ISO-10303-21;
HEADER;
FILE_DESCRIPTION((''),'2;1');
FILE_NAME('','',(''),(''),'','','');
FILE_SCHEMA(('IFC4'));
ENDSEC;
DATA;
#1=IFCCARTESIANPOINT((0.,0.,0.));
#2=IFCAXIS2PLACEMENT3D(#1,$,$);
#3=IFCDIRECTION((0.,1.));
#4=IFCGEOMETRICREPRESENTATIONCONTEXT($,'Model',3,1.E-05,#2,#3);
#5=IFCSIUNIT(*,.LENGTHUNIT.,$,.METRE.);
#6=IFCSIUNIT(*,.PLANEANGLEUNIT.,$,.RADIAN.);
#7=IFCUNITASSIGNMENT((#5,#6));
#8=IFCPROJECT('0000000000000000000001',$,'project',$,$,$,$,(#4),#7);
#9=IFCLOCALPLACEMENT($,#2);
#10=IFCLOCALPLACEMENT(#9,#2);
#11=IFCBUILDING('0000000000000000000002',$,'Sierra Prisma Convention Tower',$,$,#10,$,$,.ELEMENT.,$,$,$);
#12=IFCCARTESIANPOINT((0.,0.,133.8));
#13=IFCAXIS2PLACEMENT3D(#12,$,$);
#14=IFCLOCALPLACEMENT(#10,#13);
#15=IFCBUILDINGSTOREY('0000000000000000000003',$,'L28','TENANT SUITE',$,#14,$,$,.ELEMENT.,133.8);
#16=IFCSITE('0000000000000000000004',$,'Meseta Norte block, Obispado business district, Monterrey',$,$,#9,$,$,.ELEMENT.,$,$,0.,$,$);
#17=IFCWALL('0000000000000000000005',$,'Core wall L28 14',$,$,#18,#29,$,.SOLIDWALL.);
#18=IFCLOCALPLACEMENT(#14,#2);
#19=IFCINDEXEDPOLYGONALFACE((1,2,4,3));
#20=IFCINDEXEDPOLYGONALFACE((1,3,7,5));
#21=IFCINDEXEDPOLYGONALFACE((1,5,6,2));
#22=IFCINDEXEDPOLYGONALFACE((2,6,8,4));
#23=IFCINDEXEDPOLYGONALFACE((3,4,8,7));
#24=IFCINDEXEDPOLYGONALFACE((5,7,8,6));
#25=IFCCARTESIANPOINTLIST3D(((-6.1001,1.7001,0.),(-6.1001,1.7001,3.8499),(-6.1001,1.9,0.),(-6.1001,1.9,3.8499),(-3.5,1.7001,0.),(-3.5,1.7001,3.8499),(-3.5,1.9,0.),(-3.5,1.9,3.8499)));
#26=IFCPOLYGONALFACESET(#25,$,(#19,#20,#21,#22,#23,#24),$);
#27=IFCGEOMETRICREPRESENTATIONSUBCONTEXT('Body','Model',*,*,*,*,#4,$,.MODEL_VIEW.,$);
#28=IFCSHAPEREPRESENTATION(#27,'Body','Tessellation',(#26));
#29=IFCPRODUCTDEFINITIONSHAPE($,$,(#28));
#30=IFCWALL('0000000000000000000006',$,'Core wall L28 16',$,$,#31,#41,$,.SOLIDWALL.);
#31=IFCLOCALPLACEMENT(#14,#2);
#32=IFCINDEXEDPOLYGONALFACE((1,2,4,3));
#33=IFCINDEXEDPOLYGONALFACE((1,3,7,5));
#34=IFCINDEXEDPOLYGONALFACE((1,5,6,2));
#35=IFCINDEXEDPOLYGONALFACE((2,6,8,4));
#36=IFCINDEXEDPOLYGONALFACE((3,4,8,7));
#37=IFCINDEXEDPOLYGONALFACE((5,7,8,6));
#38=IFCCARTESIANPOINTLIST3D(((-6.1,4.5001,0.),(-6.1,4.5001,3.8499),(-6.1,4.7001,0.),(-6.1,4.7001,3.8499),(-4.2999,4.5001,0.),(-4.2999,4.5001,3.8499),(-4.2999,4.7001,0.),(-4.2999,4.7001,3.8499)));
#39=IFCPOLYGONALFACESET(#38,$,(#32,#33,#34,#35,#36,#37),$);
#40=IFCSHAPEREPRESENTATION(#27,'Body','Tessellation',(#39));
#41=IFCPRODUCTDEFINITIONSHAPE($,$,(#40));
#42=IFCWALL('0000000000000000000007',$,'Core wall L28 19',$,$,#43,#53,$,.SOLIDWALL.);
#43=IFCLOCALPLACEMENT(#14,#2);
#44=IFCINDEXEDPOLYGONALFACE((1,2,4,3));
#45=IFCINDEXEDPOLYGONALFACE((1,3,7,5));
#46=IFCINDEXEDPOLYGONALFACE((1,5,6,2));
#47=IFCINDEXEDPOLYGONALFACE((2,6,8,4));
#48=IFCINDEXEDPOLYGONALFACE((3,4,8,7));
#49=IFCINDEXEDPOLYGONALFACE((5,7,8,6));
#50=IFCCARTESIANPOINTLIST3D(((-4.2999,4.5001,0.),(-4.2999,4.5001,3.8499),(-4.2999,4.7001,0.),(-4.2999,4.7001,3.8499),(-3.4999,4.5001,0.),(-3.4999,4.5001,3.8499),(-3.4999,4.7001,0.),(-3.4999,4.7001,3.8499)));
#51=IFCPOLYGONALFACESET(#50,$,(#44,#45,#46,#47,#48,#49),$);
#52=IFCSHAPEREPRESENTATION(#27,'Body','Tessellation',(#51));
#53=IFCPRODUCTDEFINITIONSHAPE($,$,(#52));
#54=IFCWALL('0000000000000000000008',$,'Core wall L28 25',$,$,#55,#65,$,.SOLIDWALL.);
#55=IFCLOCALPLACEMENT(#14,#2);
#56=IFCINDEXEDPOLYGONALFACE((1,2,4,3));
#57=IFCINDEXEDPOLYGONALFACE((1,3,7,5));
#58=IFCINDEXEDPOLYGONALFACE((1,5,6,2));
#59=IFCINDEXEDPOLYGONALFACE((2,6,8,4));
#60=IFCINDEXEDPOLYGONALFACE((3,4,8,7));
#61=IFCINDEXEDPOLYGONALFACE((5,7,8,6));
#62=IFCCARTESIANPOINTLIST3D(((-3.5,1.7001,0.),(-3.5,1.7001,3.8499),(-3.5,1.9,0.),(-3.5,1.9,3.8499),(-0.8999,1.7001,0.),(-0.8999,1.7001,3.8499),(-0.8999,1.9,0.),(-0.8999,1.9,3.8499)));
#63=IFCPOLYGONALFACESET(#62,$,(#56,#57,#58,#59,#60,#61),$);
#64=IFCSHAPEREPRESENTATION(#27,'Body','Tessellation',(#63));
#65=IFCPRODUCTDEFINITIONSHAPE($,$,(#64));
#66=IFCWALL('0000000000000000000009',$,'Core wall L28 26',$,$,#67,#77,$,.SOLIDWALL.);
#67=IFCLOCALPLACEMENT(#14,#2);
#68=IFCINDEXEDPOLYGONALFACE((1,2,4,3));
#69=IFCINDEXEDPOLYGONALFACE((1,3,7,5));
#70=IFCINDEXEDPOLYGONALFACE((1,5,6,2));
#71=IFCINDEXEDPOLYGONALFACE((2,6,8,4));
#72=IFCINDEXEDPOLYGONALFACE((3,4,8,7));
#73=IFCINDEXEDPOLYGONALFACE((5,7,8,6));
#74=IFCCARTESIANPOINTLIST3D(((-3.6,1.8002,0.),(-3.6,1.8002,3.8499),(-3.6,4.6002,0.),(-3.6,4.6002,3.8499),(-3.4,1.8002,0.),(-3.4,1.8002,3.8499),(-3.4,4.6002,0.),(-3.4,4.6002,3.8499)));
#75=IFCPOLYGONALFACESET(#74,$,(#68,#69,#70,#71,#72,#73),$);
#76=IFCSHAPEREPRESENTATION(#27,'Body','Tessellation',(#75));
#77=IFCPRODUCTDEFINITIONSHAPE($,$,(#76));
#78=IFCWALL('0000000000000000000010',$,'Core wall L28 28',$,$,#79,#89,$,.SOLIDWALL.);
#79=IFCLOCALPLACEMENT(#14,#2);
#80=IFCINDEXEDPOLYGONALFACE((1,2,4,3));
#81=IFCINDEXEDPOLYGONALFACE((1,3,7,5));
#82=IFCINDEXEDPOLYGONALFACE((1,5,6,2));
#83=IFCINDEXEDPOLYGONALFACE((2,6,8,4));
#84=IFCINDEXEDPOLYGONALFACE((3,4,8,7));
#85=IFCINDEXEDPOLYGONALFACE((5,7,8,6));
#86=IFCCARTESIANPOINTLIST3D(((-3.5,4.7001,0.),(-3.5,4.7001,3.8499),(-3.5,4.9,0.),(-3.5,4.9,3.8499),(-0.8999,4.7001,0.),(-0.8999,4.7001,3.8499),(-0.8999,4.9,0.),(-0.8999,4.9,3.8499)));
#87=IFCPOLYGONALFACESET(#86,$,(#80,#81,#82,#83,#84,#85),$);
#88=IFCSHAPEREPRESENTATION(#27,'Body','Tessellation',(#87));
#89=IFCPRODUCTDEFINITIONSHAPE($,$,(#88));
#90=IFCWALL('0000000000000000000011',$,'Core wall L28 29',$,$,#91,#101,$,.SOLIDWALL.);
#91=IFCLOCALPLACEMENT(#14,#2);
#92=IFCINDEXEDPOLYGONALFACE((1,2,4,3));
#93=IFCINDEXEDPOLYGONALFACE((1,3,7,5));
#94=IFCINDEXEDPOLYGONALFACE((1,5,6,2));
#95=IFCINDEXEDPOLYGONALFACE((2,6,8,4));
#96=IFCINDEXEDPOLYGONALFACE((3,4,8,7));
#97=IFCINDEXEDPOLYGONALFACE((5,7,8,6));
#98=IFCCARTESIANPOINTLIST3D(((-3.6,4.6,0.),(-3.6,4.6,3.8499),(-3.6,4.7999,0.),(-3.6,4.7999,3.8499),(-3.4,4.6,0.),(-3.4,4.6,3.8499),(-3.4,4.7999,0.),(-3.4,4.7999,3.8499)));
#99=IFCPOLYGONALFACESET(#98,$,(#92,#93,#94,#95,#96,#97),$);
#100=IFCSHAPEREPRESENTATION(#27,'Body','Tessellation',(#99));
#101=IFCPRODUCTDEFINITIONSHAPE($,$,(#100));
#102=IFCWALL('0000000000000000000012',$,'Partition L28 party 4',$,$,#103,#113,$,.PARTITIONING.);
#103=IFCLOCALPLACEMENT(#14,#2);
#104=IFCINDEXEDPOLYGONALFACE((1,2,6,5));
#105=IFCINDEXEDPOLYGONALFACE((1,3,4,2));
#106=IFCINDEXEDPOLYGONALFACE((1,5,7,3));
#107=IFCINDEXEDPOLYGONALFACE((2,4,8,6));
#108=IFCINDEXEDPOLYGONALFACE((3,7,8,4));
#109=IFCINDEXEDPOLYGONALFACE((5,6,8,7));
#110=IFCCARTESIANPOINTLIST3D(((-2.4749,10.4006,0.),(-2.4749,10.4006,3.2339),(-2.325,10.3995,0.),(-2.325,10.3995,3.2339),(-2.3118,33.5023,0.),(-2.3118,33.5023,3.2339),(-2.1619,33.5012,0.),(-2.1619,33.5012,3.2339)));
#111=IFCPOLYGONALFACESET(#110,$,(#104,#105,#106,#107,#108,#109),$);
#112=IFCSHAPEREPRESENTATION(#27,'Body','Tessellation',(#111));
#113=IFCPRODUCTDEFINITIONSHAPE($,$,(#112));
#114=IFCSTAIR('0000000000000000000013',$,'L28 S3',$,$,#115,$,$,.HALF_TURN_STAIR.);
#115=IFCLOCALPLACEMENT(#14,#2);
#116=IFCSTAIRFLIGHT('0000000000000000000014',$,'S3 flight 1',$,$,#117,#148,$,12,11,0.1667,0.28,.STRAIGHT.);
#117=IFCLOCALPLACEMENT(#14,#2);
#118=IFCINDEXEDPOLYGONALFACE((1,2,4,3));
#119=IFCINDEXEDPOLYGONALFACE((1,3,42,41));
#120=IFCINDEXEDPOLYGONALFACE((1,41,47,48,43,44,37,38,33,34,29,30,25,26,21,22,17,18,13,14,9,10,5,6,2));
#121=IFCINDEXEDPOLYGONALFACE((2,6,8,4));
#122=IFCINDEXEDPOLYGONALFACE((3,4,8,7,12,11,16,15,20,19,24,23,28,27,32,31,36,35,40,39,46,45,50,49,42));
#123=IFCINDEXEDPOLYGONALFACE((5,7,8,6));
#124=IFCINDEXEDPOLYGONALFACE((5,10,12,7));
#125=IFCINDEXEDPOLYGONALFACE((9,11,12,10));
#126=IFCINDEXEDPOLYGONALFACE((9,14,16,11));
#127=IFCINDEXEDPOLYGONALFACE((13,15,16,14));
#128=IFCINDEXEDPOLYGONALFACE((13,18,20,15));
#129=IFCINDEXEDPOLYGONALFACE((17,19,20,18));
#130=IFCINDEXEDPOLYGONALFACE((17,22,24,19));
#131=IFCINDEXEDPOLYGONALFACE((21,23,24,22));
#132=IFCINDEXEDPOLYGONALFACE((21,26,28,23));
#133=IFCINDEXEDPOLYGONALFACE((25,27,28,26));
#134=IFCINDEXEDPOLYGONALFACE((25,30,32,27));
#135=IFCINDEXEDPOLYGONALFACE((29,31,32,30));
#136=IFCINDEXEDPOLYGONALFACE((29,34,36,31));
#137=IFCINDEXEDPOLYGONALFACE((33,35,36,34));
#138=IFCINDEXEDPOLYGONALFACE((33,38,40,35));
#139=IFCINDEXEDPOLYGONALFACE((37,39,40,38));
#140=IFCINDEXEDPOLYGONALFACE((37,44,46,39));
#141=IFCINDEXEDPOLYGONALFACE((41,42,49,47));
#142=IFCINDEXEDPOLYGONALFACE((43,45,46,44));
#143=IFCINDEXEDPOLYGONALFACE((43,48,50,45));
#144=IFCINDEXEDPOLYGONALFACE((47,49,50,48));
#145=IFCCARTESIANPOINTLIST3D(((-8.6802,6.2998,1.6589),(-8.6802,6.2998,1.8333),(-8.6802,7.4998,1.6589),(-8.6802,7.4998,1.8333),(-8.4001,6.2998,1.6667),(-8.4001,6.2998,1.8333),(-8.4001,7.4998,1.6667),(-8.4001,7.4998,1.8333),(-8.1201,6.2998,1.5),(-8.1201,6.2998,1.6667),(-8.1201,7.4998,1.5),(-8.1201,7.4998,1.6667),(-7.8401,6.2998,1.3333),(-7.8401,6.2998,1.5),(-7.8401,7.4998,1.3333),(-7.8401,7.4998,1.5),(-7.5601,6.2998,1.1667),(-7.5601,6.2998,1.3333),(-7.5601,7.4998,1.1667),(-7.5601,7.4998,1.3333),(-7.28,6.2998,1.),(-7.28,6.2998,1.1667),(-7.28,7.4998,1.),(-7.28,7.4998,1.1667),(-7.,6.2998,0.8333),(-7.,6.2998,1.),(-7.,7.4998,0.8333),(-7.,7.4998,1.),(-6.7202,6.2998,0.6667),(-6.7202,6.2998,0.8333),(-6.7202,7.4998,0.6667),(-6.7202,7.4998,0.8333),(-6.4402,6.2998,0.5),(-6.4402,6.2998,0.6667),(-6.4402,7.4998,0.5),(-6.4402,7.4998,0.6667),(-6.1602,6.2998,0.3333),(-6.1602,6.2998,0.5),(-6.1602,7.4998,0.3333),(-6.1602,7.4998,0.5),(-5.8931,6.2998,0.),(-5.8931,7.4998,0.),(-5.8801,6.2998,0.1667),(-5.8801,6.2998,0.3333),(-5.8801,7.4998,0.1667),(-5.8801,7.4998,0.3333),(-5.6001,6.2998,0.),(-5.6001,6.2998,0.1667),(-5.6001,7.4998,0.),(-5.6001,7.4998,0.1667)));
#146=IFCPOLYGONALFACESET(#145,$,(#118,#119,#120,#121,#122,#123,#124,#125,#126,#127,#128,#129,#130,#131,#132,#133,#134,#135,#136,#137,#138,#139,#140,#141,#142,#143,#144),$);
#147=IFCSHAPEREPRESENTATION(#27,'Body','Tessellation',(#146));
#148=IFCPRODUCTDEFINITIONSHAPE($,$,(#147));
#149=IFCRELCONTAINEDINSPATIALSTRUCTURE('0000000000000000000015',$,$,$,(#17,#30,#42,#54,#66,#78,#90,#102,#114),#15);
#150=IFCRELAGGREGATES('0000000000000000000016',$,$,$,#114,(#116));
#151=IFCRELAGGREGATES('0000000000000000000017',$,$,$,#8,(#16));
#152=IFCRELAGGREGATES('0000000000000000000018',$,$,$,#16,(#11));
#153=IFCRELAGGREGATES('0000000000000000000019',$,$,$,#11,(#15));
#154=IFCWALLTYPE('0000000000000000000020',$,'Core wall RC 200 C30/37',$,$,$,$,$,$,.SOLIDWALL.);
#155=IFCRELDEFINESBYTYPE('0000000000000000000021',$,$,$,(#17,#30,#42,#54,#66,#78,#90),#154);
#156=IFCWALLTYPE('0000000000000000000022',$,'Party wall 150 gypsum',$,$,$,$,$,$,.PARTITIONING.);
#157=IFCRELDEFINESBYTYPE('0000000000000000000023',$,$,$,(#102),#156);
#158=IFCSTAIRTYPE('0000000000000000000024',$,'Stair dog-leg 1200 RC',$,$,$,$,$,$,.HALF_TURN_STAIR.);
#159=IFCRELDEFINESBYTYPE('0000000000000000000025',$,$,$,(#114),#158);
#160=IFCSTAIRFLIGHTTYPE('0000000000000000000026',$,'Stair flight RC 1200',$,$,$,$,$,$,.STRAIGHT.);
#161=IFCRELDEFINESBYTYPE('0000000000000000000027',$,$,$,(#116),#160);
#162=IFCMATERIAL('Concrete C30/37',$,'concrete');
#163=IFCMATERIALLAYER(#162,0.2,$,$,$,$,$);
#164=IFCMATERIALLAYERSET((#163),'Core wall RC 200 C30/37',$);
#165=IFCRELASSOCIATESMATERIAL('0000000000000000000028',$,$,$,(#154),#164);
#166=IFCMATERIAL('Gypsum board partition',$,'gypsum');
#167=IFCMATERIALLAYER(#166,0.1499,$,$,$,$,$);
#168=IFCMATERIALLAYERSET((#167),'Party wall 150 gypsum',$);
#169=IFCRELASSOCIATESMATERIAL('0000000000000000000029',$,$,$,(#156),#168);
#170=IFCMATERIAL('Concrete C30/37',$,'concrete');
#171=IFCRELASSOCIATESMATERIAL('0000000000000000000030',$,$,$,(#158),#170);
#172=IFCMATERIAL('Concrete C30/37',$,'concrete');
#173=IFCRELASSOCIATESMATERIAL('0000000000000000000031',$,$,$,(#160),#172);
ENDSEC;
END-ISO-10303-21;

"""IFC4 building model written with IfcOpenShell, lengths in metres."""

from ifc_helpers import new_model, si_unit, direction, frame, frame_2d, origin, place, context, subcontext, project, spatial, polyline, rectangle, outline, extrude, material, layer, layer_set, type_object, element, aggregate, save


model = new_model("IFC4")

# Units and contexts
model_context = context("Model", 3, precision=1e-05, world=origin(), true_north=direction((0.0, 1.0)))
body_context = subcontext(model_context, "Body", "Model", "MODEL_VIEW")
ifc_project = project(units=[si_unit("LENGTHUNIT", "METRE"), si_unit("PLANEANGLEUNIT", "RADIAN")], contexts=[model_context])

# Site, building, storey
site_placement = place(None, origin())
site = spatial("IfcSite", under=ifc_project, at=site_placement, Name="Meseta Norte block, Obispado business district, Monterrey", CompositionType="ELEMENT", RefElevation=0.0)
building_placement = place(site_placement, origin())
building = spatial("IfcBuilding", under=site, at=building_placement, Name="Sierra Prisma Convention Tower", CompositionType="ELEMENT")
storey_placement = place(building_placement, frame((0.0, 0.0, 133.8)))
storey = spatial("IfcBuildingStorey", under=building, at=storey_placement, Name="L28", Description="TENANT SUITE", CompositionType="ELEMENT", Elevation=133.8)

# Walls
ifc_material_1 = material(Name="Concrete C30/37", Category="concrete")
ifc_layer_1 = layer(ifc_material_1, 0.2)
ifc_layer_set_1 = layer_set([ifc_layer_1], Name="Core wall RC 200 C30/37")
wall_type_1 = type_object("IfcWallType", Name="Core wall RC 200 C30/37", PredefinedType="SOLIDWALL", material=ifc_layer_set_1)
wall_1_placement = place(storey_placement, frame((-3.5, 1.8, 0.0), z_axis=(0.0, 0.0, 1.0), x_axis=(-1.0, 0.0, 0.0)))
element("IfcWall", 1, at=wall_1_placement, inside=storey, type_object=wall_type_1, Name="Core wall L28 14", PredefinedType="SOLIDWALL", context=body_context, shape_type="SweptSolid", body=[
    extrude(rectangle(XDim=2.6001, YDim=0.2, at=frame_2d((1.3, 0.0))), origin(), (0.0, 0.0, 1.0), 3.8499),
])
wall_2_placement = place(storey_placement, frame((-4.3, 4.6001, 0.0), z_axis=(0.0, 0.0, 1.0), x_axis=(-1.0, 0.0, 0.0)))
element("IfcWall", 2, at=wall_2_placement, inside=storey, type_object=wall_type_1, Name="Core wall L28 16", PredefinedType="SOLIDWALL", context=body_context, shape_type="SweptSolid", body=[
    extrude(rectangle(XDim=1.8, YDim=0.2, at=frame_2d((0.8999, 0.0))), origin(), (0.0, 0.0, 1.0), 3.8499),
])
wall_3_placement = place(storey_placement, frame((-3.5, 4.6001, 0.0), z_axis=(0.0, 0.0, 1.0), x_axis=(-1.0, 0.0, 0.0)))
element("IfcWall", 3, at=wall_3_placement, inside=storey, type_object=wall_type_1, Name="Core wall L28 19", PredefinedType="SOLIDWALL", context=body_context, shape_type="SweptSolid", body=[
    extrude(rectangle(XDim=0.8, YDim=0.2, at=frame_2d((0.3999, 0.0))), origin(), (0.0, 0.0, 1.0), 3.8499),
])

# Walls
wall_4_placement = place(storey_placement, frame((-0.8999, 1.8, 0.0), z_axis=(0.0, 0.0, 1.0), x_axis=(-1.0, 0.0, 0.0)))
element("IfcWall", 4, at=wall_4_placement, inside=storey, type_object=wall_type_1, Name="Core wall L28 25", PredefinedType="SOLIDWALL", context=body_context, shape_type="SweptSolid", body=[
    extrude(rectangle(XDim=2.6001, YDim=0.2, at=frame_2d((1.3, 0.0))), origin(), (0.0, 0.0, 1.0), 3.8499),
])
wall_5_placement = place(storey_placement, frame((-3.5, 4.6001, 0.0), z_axis=(0.0, 0.0, 1.0), x_axis=(0.0, -1.0, 0.0)))
element("IfcWall", 5, at=wall_5_placement, inside=storey, type_object=wall_type_1, Name="Core wall L28 26", PredefinedType="SOLIDWALL", context=body_context, shape_type="SweptSolid", body=[
    extrude(rectangle(XDim=2.8, YDim=0.2, at=frame_2d((1.3999, 0.0))), origin(), (0.0, 0.0, 1.0), 3.8499),
])

# Walls
wall_6_placement = place(storey_placement, frame((-0.8999, 4.8, 0.0), z_axis=(0.0, 0.0, 1.0), x_axis=(-1.0, 0.0, 0.0)))
element("IfcWall", 6, at=wall_6_placement, inside=storey, type_object=wall_type_1, Name="Core wall L28 28", PredefinedType="SOLIDWALL", context=body_context, shape_type="SweptSolid", body=[
    extrude(rectangle(XDim=2.6001, YDim=0.2, at=frame_2d((1.3, 0.0))), origin(), (0.0, 0.0, 1.0), 3.8499),
])
wall_7_placement = place(storey_placement, frame((-3.5, 4.8, 0.0), z_axis=(0.0, 0.0, 1.0), x_axis=(0.0, -1.0, 0.0)))
element("IfcWall", 7, at=wall_7_placement, inside=storey, type_object=wall_type_1, Name="Core wall L28 29", PredefinedType="SOLIDWALL", context=body_context, shape_type="SweptSolid", body=[
    extrude(rectangle(XDim=0.2, YDim=0.2, at=frame_2d((0.1001, 0.0))), origin(), (0.0, 0.0, 1.0), 3.8499),
])

# Wall
ifc_material_2 = material(Name="Gypsum board partition", Category="gypsum")
ifc_layer_2 = layer(ifc_material_2, 0.1499)
ifc_layer_set_2 = layer_set([ifc_layer_2], Name="Party wall 150 gypsum")
wall_type_2 = type_object("IfcWallType", Name="Party wall 150 gypsum", PredefinedType="PARTITIONING", material=ifc_layer_set_2)
wall_8_placement = place(storey_placement, frame((-2.3999, 10.3999, 0.0), z_axis=(0.0, 0.0, 1.0), x_axis=(0.007059, 0.999975, 0.0)))
element("IfcWall", 8, at=wall_8_placement, inside=storey, type_object=wall_type_2, Name="Partition L28 party 4", PredefinedType="PARTITIONING", context=body_context, shape_type="SweptSolid", body=[
    extrude(rectangle(XDim=23.1023, YDim=0.1499, at=frame_2d((11.5513, 0.0))), origin(), (0.0, 0.0, 1.0), 3.2339),
])

# Stair, stair flight
ifc_material_3 = material(Name="Concrete C30/37", Category="concrete")
stair_type = type_object("IfcStairType", Name="Stair dog-leg 1200 RC", PredefinedType="HALF_TURN_STAIR", material=ifc_material_3)
stair_placement = place(storey_placement, origin())
stair = element("IfcStair", 9, at=stair_placement, inside=storey, type_object=stair_type, Name="L28 S3", PredefinedType="HALF_TURN_STAIR")
ifc_material_4 = material(Name="Concrete C30/37", Category="concrete")
stair_flight_type = type_object("IfcStairFlightType", Name="Stair flight RC 1200", PredefinedType="STRAIGHT", material=ifc_material_4)
stair_flight_placement = place(storey_placement, frame((-5.6001, 6.8999, 0.0), z_axis=(0.0, 0.0, 1.0), x_axis=(-1.0, 0.0, 0.0)))
stair_flight = element("IfcStairFlight", 10, at=stair_flight_placement, type_object=stair_flight_type, Name="S3 flight 1", NumberOfRisers=12, NumberOfTreads=11, PredefinedType="STRAIGHT", RiserHeight=0.1667, TreadLength=0.28, context=body_context, shape_type="SweptSolid", body=[
    extrude(outline(polyline([(0.0, 0.0), (0.0, 0.1667), (0.28, 0.1667), (0.28, 0.3333), (0.5601, 0.3333), (0.5601, 0.5), (0.8401, 0.5), (0.8401, 0.6667), (1.1201, 0.6667), (1.1201, 0.8333), (1.3999, 0.8333), (1.3999, 1.0), (1.6799, 1.0), (1.6799, 1.1667), (1.96, 1.1667), (1.96, 1.3333), (2.24, 1.3333), (2.24, 1.5), (2.52, 1.5), (2.52, 1.6667), (2.8, 1.6667), (2.8, 1.8333), (3.0801, 1.8333), (3.0801, 2.0), (3.0801, 1.6589), (0.293, 0.0), (0.0, 0.0)])), frame((0.0, 0.6001, 0.0), z_axis=(0.0, -1.0, 0.0), x_axis=(1.0, 0.0, 0.0)), (0.0, 0.0, 1.0), 1.2),
])
aggregate(stair, [stair_flight])

save(model, "model.ifc")
